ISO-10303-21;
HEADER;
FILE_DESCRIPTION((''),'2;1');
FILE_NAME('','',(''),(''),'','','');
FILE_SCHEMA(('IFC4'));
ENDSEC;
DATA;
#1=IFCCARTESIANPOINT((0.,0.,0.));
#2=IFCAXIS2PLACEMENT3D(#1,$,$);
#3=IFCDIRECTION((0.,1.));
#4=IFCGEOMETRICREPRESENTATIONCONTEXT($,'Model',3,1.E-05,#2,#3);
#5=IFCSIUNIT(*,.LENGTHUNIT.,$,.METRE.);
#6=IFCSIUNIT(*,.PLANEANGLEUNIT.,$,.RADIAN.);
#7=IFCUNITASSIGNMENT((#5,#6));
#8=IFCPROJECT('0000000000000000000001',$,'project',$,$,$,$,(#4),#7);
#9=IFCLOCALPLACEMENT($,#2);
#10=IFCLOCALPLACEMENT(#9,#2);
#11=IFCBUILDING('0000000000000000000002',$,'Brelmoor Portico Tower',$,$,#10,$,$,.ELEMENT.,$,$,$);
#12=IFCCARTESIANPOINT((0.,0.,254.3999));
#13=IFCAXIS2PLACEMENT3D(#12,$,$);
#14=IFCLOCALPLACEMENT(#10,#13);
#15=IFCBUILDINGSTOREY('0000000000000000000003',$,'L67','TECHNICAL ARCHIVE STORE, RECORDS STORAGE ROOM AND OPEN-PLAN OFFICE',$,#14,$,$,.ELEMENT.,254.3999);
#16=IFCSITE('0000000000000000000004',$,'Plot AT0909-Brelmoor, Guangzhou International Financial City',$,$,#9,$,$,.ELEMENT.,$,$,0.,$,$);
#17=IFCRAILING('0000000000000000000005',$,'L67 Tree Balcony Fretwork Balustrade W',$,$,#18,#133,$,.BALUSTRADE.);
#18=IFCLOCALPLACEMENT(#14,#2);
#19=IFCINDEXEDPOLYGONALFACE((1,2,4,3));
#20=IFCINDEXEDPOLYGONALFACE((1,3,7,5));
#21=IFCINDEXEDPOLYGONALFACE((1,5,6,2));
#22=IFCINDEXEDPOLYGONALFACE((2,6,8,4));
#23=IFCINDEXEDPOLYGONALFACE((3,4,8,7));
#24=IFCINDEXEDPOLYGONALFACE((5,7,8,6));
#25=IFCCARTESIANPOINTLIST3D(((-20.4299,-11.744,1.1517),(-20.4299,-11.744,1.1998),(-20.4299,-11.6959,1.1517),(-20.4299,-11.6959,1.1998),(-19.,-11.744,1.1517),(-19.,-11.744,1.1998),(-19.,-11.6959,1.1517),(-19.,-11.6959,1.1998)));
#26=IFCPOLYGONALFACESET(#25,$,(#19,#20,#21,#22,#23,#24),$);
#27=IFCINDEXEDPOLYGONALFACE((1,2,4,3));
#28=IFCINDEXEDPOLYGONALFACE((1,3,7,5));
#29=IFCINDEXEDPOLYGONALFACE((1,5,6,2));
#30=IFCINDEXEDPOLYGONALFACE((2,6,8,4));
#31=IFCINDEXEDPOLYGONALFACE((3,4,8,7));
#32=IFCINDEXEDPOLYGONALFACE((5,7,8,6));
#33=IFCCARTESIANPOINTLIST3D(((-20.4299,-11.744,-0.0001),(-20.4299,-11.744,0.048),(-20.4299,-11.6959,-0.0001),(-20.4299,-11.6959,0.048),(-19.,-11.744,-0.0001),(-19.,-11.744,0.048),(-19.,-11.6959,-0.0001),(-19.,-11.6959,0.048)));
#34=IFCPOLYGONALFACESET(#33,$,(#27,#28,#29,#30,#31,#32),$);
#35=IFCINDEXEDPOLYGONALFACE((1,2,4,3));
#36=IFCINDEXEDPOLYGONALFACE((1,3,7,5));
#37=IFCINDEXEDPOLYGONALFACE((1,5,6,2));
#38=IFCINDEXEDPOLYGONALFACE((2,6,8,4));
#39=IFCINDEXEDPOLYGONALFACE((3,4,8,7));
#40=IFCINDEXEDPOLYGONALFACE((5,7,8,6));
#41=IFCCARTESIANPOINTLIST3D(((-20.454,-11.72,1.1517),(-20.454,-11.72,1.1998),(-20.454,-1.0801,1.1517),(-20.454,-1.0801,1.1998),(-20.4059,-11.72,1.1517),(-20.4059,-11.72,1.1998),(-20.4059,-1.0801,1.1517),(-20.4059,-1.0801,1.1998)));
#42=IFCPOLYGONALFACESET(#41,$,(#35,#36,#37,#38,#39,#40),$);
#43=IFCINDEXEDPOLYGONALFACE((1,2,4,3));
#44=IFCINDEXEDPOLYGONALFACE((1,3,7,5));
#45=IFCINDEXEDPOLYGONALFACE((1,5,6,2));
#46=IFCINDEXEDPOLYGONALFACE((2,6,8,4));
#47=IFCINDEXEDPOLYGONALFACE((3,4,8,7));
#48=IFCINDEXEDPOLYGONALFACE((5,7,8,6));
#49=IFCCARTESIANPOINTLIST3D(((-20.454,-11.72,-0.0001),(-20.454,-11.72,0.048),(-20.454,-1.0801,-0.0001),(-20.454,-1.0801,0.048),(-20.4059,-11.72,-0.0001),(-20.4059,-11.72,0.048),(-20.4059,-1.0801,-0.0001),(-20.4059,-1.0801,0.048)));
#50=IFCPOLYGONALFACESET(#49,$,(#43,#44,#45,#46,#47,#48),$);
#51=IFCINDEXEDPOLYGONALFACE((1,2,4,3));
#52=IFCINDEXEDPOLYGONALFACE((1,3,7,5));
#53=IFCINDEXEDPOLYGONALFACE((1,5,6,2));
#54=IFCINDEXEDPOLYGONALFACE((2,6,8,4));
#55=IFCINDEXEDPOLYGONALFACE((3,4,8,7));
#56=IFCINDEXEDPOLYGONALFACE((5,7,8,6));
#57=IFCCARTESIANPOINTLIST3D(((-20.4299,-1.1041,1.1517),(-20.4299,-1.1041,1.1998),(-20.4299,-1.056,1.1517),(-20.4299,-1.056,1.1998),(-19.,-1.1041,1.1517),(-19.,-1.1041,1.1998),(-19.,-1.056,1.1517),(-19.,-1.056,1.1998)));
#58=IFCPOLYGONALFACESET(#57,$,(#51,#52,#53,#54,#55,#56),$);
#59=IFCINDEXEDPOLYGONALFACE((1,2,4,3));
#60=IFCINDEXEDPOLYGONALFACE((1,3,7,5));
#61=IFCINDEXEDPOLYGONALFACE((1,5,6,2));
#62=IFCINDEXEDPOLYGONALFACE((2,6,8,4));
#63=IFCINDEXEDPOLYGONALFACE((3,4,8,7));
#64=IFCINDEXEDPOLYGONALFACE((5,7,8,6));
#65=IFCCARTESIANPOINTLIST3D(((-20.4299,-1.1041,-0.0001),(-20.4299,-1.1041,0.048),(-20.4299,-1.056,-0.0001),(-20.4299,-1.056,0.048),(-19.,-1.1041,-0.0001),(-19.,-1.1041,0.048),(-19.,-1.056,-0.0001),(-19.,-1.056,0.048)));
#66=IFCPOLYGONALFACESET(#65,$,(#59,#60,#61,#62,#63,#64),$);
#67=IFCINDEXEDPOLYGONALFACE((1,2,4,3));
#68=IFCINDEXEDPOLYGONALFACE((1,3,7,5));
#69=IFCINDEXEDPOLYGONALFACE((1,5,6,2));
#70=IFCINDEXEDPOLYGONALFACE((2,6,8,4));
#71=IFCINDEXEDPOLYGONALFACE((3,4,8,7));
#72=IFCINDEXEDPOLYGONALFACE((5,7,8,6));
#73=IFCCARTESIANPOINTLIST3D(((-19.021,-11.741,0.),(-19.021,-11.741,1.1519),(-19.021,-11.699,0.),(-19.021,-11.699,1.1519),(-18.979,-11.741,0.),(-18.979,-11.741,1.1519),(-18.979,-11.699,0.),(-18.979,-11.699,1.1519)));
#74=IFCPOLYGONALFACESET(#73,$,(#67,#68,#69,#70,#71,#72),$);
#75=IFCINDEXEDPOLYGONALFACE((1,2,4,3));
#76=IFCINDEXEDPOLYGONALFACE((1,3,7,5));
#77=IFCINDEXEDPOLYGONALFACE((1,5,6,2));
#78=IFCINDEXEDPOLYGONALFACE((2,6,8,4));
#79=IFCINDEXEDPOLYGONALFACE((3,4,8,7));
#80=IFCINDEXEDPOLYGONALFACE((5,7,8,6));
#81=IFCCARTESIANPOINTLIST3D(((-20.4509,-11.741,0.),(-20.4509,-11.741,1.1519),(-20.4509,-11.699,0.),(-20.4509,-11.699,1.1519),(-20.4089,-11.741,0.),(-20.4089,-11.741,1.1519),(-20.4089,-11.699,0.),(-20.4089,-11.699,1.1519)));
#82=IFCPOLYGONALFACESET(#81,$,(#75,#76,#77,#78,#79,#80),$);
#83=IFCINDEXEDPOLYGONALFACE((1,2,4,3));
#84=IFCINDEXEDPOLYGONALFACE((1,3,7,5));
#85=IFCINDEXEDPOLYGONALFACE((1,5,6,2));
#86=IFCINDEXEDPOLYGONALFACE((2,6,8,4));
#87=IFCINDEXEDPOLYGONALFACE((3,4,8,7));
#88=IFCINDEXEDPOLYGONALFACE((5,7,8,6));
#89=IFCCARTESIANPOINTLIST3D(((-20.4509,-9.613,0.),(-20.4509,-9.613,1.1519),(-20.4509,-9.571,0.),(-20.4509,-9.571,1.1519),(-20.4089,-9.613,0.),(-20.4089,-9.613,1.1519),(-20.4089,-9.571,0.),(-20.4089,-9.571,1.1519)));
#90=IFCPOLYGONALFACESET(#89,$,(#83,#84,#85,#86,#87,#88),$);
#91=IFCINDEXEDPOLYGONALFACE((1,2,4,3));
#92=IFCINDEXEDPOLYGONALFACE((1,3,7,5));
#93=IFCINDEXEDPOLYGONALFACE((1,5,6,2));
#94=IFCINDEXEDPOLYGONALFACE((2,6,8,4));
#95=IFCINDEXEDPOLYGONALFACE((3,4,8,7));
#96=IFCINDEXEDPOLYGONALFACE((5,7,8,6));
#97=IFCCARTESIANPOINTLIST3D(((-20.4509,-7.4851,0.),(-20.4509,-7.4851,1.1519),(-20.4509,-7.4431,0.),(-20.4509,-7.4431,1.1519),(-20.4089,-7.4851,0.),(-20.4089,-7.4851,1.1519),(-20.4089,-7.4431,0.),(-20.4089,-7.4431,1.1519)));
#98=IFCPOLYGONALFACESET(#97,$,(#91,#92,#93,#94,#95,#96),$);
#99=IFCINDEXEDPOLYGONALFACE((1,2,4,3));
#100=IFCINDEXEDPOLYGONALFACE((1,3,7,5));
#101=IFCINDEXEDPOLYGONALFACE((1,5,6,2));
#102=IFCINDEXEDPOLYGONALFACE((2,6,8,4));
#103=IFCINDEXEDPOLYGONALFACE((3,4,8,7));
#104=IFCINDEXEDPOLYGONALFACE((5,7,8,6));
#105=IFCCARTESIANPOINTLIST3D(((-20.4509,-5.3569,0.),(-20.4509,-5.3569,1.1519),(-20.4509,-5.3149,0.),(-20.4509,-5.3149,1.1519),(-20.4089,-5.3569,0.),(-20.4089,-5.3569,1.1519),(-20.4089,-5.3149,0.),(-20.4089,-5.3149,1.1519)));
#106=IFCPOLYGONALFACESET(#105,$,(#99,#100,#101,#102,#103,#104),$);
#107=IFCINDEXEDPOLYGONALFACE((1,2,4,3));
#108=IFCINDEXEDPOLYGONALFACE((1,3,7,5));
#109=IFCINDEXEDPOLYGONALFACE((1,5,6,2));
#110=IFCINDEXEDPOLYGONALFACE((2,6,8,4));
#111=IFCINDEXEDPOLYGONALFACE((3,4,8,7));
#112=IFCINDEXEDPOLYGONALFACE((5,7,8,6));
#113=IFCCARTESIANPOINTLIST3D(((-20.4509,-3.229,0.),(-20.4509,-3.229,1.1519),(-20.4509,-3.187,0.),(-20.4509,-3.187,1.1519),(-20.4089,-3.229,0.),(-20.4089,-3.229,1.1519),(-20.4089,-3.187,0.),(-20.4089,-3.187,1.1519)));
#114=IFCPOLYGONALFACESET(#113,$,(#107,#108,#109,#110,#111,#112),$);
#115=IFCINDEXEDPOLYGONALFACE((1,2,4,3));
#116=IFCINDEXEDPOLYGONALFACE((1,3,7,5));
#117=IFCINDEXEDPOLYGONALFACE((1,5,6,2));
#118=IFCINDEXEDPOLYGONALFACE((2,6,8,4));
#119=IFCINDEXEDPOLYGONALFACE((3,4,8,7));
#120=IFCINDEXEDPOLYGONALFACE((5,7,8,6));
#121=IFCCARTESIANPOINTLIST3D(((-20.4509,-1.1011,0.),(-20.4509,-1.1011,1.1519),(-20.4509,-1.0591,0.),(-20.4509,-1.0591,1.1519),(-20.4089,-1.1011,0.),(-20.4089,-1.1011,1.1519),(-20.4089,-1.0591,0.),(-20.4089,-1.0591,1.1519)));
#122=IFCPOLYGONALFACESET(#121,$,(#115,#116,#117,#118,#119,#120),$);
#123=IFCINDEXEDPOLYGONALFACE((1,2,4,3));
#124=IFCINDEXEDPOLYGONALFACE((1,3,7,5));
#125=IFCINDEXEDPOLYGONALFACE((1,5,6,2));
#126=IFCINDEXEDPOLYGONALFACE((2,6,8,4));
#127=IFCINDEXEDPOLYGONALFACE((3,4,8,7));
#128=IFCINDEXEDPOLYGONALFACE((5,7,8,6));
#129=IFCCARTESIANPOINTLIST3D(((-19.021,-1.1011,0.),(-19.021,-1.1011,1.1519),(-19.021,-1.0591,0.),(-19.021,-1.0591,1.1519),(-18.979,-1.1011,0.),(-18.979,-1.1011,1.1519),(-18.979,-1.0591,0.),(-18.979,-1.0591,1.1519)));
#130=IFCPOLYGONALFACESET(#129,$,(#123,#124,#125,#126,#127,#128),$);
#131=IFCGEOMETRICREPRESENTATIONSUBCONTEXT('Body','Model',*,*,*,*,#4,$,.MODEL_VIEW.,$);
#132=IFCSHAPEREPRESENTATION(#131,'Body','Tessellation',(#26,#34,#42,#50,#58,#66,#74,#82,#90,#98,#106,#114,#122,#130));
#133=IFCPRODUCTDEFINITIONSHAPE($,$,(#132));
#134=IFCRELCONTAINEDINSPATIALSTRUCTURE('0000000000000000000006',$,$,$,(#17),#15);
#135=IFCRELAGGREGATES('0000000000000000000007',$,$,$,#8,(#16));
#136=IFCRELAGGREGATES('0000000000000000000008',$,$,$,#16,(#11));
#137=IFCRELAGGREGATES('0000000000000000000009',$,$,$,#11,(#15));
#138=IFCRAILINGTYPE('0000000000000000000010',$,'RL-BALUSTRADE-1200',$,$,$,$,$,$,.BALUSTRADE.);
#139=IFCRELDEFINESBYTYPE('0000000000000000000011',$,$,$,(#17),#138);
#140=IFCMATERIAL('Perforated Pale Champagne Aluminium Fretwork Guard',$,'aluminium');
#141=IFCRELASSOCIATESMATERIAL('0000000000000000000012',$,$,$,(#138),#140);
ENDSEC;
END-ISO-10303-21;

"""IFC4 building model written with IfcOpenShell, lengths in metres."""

from ifc_helpers import new_model, si_unit, direction, frame, origin, origin_2d, place, context, subcontext, project, spatial, rectangle, extrude, material, type_object, element, save


model = new_model("IFC4")

# Units and contexts
model_context = context("Model", 3, precision=1e-05, world=origin(), true_north=direction((0.0, 1.0)))
body_context = subcontext(model_context, "Body", "Model", "MODEL_VIEW")
ifc_project = project(units=[si_unit("LENGTHUNIT", "METRE"), si_unit("PLANEANGLEUNIT", "RADIAN")], contexts=[model_context])

# Site, building, storey
site_placement = place(None, origin())
site = spatial("IfcSite", under=ifc_project, at=site_placement, Name="Plot AT0909-Brelmoor, Guangzhou International Financial City", CompositionType="ELEMENT", RefElevation=0.0)
building_placement = place(site_placement, origin())
building = spatial("IfcBuilding", under=site, at=building_placement, Name="Brelmoor Portico Tower", CompositionType="ELEMENT")
storey_placement = place(building_placement, frame((0.0, 0.0, 254.3999)))
storey = spatial("IfcBuildingStorey", under=building, at=storey_placement, Name="L67", Description="TECHNICAL ARCHIVE STORE, RECORDS STORAGE ROOM AND OPEN-PLAN OFFICE", CompositionType="ELEMENT", Elevation=254.3999)

# Railing
ifc_material_1 = material(Name="Perforated Pale Champagne Aluminium Fretwork Guard", Category="aluminium")
railing_type = type_object("IfcRailingType", Name="RL-BALUSTRADE-1200", PredefinedType="BALUSTRADE", material=ifc_material_1)
railing_1_placement = place(storey_placement, frame((-19.0, -11.72, 0.0)))
element("IfcRailing", 1, at=railing_1_placement, inside=storey, type_object=railing_type, Name="L67 Tree Balcony Fretwork Balustrade W", PredefinedType="BALUSTRADE", context=body_context, shape_type="SweptSolid", body=[
    extrude(rectangle(XDim=0.0481, YDim=0.0481, at=origin_2d()), frame((0.0, 0.0, 1.1758), z_axis=(-1.0, 0.0, 0.0), x_axis=(0.0, -1.0, 0.0)), (0.0, 0.0, 1.0), 1.4299),
    extrude(rectangle(XDim=0.0481, YDim=0.0481, at=origin_2d()), frame((0.0, 0.0, 0.0239), z_axis=(-1.0, 0.0, 0.0), x_axis=(0.0, -1.0, 0.0)), (0.0, 0.0, 1.0), 1.4299),
    extrude(rectangle(XDim=0.0481, YDim=0.0481, at=origin_2d()), frame((-1.4299, 0.0, 1.1758), z_axis=(0.0, 1.0, 0.0), x_axis=(-1.0, 0.0, 0.0)), (0.0, 0.0, 1.0), 10.6399),
    extrude(rectangle(XDim=0.0481, YDim=0.0481, at=origin_2d()), frame((-1.4299, 0.0, 0.0239), z_axis=(0.0, 1.0, 0.0), x_axis=(-1.0, 0.0, 0.0)), (0.0, 0.0, 1.0), 10.6399),
    extrude(rectangle(XDim=0.0481, YDim=0.0481, at=origin_2d()), frame((-1.4299, 10.6399, 1.1758), z_axis=(1.0, 0.0, 0.0), x_axis=(0.0, 1.0, 0.0)), (0.0, 0.0, 1.0), 1.4299),
    extrude(rectangle(XDim=0.0481, YDim=0.0481, at=origin_2d()), frame((-1.4299, 10.6399, 0.0239), z_axis=(1.0, 0.0, 0.0), x_axis=(0.0, 1.0, 0.0)), (0.0, 0.0, 1.0), 1.4299),
    extrude(rectangle(XDim=0.042, YDim=0.042, at=origin_2d()), origin(), (0.0, 0.0, 1.0), 1.1519),
    extrude(rectangle(XDim=0.042, YDim=0.042, at=origin_2d()), frame((-1.4299, 0.0, 0.0)), (0.0, 0.0, 1.0), 1.1519),
    extrude(rectangle(XDim=0.042, YDim=0.042, at=origin_2d()), frame((-1.4299, 2.1279, 0.0)), (0.0, 0.0, 1.0), 1.1519),
    extrude(rectangle(XDim=0.042, YDim=0.042, at=origin_2d()), frame((-1.4299, 4.2559, 0.0)), (0.0, 0.0, 1.0), 1.1519),
    extrude(rectangle(XDim=0.042, YDim=0.042, at=origin_2d()), frame((-1.4299, 6.384, 0.0)), (0.0, 0.0, 1.0), 1.1519),
    extrude(rectangle(XDim=0.042, YDim=0.042, at=origin_2d()), frame((-1.4299, 8.512, 0.0)), (0.0, 0.0, 1.0), 1.1519),
    extrude(rectangle(XDim=0.042, YDim=0.042, at=origin_2d()), frame((-1.4299, 10.6399, 0.0)), (0.0, 0.0, 1.0), 1.1519),
    extrude(rectangle(XDim=0.042, YDim=0.042, at=origin_2d()), frame((0.0, 10.6399, 0.0)), (0.0, 0.0, 1.0), 1.1519),
])

save(model, "model.ifc")
